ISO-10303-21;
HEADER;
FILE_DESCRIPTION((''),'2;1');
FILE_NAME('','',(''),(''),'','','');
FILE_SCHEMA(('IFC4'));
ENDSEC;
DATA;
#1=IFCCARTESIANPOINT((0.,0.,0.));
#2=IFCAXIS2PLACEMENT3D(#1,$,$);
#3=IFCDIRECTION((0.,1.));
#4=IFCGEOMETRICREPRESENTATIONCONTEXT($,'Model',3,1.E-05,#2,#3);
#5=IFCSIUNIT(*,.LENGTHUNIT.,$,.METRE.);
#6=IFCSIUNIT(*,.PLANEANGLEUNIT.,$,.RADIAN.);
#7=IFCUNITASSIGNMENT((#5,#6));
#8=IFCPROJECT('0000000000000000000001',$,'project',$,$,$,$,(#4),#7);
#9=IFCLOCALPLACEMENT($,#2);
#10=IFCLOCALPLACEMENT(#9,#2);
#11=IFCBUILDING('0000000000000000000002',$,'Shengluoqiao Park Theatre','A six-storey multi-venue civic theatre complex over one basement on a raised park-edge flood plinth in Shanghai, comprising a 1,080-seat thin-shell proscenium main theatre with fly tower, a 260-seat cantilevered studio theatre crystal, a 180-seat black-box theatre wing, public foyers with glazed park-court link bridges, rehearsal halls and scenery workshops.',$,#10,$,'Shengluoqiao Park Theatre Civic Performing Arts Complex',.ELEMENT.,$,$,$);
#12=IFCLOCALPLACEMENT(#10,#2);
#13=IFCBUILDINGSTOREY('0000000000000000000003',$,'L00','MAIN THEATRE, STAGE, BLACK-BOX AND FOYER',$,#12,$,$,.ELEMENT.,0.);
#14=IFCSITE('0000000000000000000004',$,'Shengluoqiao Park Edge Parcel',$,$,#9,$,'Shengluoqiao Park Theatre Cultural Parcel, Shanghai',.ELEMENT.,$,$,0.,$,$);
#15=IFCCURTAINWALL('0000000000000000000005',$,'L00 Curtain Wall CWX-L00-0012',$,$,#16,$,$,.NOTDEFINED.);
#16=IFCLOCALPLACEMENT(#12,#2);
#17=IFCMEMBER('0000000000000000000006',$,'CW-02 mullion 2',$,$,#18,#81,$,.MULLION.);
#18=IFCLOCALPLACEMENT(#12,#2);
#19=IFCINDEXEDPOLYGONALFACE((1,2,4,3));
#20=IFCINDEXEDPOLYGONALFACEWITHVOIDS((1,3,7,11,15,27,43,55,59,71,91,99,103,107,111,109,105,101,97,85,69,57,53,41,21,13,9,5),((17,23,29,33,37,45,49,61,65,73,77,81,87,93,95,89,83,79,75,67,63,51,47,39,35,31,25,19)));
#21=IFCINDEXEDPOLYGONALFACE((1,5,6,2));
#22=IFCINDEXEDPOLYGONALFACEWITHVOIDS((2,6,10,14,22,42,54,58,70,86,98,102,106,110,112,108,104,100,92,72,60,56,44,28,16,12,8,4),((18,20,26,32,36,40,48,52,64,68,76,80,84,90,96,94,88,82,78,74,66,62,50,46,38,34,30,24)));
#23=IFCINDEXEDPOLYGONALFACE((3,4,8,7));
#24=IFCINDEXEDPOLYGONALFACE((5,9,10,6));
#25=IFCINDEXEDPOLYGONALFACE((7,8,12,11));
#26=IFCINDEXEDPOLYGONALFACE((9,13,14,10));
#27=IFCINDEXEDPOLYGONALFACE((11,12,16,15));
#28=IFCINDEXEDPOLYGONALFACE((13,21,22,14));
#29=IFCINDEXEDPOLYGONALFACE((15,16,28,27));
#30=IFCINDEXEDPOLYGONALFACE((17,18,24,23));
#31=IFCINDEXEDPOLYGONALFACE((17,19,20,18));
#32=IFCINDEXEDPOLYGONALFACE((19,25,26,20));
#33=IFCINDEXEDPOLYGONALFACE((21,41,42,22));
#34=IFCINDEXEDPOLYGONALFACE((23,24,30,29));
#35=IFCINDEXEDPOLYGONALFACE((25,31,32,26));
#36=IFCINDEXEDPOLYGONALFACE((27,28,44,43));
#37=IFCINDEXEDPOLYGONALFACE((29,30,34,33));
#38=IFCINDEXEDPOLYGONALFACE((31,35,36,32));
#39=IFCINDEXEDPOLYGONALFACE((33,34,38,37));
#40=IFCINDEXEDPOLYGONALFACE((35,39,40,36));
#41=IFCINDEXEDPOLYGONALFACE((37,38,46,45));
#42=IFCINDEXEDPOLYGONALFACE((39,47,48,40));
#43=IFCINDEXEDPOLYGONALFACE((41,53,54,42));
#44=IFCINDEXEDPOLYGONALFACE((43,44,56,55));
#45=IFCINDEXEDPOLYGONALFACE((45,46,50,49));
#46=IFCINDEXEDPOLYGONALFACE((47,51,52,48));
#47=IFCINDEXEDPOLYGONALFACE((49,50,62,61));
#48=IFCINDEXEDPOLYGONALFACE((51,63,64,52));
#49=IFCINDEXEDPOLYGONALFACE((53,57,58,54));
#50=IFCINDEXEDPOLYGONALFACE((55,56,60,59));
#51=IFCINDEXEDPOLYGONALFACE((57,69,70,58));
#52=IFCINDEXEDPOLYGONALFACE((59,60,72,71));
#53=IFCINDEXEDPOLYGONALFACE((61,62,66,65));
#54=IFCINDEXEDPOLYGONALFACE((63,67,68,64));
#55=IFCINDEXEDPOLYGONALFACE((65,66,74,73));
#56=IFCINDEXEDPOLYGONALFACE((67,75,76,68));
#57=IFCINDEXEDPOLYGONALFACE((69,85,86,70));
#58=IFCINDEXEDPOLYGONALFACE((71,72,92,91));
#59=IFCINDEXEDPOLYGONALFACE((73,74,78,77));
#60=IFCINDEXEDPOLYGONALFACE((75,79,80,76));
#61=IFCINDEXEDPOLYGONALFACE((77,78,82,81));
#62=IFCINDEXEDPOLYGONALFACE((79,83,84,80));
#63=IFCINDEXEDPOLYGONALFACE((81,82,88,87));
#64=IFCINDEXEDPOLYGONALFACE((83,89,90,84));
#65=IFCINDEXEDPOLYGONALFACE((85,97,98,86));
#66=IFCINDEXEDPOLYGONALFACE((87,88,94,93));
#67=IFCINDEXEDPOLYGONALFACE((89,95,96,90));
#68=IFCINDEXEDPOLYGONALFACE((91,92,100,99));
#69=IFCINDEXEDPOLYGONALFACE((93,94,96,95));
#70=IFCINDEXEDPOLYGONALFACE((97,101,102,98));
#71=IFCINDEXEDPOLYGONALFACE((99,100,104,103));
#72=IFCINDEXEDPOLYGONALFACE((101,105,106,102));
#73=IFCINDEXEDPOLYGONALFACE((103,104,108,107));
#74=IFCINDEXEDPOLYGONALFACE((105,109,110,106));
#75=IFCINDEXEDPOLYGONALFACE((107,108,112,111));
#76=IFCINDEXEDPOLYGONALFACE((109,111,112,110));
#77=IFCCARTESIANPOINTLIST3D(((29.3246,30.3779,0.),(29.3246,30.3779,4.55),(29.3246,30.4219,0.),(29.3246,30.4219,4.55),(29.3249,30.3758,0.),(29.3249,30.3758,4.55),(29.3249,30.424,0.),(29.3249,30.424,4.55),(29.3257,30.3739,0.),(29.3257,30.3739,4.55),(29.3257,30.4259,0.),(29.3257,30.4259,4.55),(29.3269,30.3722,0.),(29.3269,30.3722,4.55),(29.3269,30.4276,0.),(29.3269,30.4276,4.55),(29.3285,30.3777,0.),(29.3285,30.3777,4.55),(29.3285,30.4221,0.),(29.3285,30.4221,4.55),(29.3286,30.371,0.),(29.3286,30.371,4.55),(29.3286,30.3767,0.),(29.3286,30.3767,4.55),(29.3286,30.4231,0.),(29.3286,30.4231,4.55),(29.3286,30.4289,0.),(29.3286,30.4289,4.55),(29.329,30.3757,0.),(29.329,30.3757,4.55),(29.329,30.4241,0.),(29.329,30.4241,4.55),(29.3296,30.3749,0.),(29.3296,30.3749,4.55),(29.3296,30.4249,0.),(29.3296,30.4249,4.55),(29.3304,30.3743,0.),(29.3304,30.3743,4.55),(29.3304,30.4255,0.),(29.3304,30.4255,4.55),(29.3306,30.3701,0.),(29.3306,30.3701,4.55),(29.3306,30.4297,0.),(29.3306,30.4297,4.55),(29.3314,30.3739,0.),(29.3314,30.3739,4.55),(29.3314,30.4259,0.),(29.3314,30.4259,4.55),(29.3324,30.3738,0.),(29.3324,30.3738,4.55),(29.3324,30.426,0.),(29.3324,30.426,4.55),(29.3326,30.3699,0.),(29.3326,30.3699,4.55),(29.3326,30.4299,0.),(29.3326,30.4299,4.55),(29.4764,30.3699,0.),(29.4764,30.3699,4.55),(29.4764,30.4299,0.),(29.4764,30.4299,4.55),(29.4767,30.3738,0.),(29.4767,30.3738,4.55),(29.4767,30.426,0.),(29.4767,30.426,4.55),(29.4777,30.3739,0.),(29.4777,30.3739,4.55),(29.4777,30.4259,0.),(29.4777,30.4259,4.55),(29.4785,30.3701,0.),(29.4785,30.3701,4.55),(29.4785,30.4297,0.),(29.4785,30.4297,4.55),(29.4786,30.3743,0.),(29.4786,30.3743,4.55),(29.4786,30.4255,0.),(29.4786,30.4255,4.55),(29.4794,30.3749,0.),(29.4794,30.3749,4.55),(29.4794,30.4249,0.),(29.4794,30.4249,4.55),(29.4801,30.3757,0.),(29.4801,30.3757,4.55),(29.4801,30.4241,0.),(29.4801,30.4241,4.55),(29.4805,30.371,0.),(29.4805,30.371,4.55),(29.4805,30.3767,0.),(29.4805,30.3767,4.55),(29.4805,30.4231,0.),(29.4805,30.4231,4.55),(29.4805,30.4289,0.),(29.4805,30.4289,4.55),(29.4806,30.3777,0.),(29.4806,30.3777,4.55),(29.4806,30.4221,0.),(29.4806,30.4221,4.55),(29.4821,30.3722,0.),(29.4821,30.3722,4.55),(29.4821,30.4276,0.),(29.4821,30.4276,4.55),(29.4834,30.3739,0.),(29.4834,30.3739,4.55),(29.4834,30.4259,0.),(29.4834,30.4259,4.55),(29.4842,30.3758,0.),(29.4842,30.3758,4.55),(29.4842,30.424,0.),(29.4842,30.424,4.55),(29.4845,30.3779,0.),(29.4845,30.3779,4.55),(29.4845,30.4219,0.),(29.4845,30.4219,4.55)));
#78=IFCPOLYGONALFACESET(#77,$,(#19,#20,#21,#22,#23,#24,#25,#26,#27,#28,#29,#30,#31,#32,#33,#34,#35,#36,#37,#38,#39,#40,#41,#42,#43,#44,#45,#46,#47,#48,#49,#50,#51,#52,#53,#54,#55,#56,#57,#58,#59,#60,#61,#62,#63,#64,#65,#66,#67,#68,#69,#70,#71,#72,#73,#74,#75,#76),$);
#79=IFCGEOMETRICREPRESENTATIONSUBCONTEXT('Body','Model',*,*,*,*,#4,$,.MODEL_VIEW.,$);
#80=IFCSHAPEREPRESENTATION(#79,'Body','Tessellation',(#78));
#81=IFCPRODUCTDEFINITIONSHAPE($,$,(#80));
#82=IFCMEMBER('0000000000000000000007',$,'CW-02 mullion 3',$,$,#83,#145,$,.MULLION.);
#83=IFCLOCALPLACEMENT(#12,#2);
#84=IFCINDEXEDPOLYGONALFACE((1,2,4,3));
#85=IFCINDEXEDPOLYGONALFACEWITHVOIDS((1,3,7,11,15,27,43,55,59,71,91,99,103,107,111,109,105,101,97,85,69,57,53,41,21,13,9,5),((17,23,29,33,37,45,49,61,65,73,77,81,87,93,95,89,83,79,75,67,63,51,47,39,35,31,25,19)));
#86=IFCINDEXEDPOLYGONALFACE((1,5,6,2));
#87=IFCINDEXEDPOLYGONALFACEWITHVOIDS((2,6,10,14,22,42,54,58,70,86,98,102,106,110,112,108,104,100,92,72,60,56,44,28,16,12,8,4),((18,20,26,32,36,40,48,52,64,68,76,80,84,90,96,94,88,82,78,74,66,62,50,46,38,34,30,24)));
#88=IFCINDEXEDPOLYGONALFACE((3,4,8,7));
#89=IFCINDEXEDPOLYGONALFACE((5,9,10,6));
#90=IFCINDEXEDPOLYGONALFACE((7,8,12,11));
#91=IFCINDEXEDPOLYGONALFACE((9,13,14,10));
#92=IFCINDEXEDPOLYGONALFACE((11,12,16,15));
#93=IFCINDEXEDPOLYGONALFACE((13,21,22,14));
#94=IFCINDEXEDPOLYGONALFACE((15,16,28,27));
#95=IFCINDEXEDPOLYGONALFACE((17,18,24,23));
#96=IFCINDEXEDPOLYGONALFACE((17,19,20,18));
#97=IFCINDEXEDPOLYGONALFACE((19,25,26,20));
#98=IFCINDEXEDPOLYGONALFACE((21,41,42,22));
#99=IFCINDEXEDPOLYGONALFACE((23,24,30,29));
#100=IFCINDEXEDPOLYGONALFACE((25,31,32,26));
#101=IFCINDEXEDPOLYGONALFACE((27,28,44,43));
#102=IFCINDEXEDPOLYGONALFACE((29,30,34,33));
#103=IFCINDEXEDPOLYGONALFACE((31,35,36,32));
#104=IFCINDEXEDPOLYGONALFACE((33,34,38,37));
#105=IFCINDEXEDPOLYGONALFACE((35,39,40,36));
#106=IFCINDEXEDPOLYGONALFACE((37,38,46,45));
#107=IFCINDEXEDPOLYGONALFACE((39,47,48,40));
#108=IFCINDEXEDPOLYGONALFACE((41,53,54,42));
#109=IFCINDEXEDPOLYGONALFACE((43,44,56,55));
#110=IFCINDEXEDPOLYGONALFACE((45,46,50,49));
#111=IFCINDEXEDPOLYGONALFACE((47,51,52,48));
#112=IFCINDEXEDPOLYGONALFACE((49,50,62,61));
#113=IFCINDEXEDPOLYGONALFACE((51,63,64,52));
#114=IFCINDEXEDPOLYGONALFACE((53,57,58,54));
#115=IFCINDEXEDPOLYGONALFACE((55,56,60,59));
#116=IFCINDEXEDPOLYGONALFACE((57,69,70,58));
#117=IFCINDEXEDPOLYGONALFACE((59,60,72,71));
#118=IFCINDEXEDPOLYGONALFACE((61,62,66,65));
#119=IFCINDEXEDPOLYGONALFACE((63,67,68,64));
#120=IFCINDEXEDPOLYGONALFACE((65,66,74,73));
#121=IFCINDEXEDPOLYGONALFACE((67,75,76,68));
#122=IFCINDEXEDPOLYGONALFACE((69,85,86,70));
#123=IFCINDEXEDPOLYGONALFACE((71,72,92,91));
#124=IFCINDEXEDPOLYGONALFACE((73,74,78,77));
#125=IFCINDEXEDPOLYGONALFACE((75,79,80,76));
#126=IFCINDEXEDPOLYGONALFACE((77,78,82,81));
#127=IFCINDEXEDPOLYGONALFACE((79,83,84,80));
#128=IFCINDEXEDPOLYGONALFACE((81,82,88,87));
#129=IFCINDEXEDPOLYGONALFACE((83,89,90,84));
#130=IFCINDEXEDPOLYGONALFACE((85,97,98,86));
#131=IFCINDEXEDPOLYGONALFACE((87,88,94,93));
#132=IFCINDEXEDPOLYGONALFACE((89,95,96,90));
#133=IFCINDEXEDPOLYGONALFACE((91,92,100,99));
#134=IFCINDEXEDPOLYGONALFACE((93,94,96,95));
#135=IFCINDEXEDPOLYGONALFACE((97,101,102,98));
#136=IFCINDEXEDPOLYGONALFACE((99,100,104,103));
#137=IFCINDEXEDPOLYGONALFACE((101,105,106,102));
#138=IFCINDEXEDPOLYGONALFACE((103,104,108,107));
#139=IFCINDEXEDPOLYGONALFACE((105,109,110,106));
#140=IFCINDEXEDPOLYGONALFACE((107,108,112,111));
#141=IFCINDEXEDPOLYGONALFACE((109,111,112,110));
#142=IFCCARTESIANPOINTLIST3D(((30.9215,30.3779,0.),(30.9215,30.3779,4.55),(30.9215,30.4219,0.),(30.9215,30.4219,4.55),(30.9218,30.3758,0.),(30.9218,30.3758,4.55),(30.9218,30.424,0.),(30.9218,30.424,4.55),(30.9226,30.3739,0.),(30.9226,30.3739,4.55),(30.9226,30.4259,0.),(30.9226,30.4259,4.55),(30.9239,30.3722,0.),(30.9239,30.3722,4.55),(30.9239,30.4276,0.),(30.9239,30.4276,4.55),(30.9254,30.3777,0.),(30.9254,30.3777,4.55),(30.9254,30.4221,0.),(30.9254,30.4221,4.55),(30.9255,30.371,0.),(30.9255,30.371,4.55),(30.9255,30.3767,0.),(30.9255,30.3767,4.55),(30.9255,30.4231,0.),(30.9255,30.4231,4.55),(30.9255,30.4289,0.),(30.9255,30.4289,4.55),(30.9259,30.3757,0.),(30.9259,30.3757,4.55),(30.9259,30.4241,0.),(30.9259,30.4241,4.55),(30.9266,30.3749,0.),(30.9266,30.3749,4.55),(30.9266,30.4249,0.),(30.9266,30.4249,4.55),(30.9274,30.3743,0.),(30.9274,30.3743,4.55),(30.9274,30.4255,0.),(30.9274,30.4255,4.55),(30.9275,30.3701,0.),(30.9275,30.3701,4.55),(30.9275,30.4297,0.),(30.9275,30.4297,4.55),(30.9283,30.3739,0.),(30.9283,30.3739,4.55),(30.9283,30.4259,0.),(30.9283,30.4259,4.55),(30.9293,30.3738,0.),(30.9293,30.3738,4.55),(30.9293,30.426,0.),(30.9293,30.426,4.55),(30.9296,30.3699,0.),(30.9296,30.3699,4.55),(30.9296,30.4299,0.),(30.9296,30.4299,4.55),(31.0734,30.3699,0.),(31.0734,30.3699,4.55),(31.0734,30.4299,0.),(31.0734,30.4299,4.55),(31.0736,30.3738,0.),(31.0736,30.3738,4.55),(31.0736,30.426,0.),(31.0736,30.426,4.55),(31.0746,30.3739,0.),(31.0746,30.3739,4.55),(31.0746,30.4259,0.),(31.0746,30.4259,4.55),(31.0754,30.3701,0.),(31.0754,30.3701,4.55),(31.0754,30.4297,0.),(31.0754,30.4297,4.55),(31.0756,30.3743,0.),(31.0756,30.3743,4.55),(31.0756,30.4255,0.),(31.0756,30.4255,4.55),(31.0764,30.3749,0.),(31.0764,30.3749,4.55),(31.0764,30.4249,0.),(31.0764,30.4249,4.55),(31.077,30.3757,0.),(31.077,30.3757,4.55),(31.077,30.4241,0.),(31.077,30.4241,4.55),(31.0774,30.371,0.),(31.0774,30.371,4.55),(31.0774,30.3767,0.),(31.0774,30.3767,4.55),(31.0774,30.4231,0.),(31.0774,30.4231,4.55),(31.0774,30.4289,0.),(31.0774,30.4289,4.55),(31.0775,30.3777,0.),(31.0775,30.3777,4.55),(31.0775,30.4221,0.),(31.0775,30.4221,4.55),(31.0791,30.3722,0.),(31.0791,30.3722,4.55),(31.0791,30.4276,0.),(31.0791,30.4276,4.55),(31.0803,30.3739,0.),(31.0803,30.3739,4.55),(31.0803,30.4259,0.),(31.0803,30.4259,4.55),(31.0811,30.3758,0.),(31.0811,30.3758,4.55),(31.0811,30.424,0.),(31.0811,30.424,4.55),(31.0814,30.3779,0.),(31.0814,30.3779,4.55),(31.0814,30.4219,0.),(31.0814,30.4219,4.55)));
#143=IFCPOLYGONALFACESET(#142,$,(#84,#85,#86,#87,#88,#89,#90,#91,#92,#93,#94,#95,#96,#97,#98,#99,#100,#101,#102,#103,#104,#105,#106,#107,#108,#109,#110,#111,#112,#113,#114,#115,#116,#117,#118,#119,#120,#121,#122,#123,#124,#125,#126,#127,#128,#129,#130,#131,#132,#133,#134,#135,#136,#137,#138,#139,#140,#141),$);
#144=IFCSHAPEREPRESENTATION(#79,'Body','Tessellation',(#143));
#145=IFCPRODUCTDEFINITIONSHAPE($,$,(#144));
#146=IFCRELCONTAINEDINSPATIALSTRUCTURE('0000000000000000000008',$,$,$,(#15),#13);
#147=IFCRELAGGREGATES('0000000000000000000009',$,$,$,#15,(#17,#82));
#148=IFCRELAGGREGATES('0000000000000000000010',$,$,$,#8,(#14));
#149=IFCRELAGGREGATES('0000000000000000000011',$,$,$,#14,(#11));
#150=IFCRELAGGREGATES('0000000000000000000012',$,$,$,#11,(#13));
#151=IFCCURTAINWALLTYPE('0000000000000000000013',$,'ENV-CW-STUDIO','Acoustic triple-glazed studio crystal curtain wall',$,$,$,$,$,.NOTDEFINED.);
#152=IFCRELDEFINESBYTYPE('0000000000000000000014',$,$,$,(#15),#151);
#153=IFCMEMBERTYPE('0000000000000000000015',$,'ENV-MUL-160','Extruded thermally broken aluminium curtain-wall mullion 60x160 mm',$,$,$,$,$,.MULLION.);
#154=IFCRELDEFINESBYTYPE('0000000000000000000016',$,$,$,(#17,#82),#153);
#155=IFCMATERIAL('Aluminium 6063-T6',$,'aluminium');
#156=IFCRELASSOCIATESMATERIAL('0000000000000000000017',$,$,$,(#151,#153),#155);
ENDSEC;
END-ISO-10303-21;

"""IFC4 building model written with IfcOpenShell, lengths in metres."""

from ifc_helpers import new_model, si_unit, direction, frame, origin, origin_2d, place, context, subcontext, project, spatial, hollow_rectangle, extrude, material, material_profile, profile_set, type_object, element, aggregate, save


model = new_model("IFC4")

# Units and contexts
model_context = context("Model", 3, precision=1e-05, world=origin(), true_north=direction((0.0, 1.0)))
body_context = subcontext(model_context, "Body", "Model", "MODEL_VIEW")
ifc_project = project(units=[si_unit("LENGTHUNIT", "METRE"), si_unit("PLANEANGLEUNIT", "RADIAN")], contexts=[model_context])

# Site, building, storey
site_placement = place(None, origin())
site = spatial("IfcSite", under=ifc_project, at=site_placement, Name="Shengluoqiao Park Edge Parcel", LongName="Shengluoqiao Park Theatre Cultural Parcel, Shanghai", CompositionType="ELEMENT", RefElevation=0.0)
building_placement = place(site_placement, origin())
building = spatial("IfcBuilding", under=site, at=building_placement, Name="Shengluoqiao Park Theatre", Description="A six-storey multi-venue civic theatre complex over one basement on a raised park-edge flood plinth in Shanghai, comprising a 1,080-seat thin-shell proscenium main theatre with fly tower, a 260-seat cantilevered studio theatre crystal, a 180-seat black-box theatre wing, public foyers with glazed park-court link bridges, rehearsal halls and scenery workshops.", LongName="Shengluoqiao Park Theatre Civic Performing Arts Complex", CompositionType="ELEMENT")
storey_placement = place(building_placement, origin())
storey = spatial("IfcBuildingStorey", under=building, at=storey_placement, Name="L00", Description="MAIN THEATRE, STAGE, BLACK-BOX AND FOYER", CompositionType="ELEMENT", Elevation=0.0)

# Curtain wall, members
ifc_material_1 = material(Name="Aluminium 6063-T6", Category="aluminium")
curtain_wall_type_1 = type_object("IfcCurtainWallType", Name="ENV-CW-STUDIO", Description="Acoustic triple-glazed studio crystal curtain wall", PredefinedType="NOTDEFINED", material=ifc_material_1)
curtain_wall_1_placement = place(storey_placement, origin())
curtain_wall_1 = element("IfcCurtainWall", 1, at=curtain_wall_1_placement, inside=storey, type_object=curtain_wall_type_1, Name="L00 Curtain Wall CWX-L00-0012", PredefinedType="NOTDEFINED")
ifc_material_profile_1 = material_profile(ifc_material_1, hollow_rectangle(XDim=0.0601, YDim=0.1599, WallThickness=0.0039, InnerFilletRadius=0.0039, OuterFilletRadius=0.0081, at=origin_2d()), Name="ALU MULLION 160x60x4")
ifc_profile_set_1 = profile_set([ifc_material_profile_1], Name="Aluminium 6063-T6")
member_type_1 = type_object("IfcMemberType", Name="ENV-MUL-160", Description="Extruded thermally broken aluminium curtain-wall mullion 60x160 mm", PredefinedType="MULLION", material=ifc_profile_set_1)
member_1_placement = place(storey_placement, frame((29.4045, 30.3999, 0.0), z_axis=(0.0, 0.0, 1.0), x_axis=(0.0, 1.0, 0.0)))
member_1 = element("IfcMember", 2, at=member_1_placement, type_object=member_type_1, Name="CW-02 mullion 2", PredefinedType="MULLION", context=body_context, shape_type="SweptSolid", body=[
    extrude(hollow_rectangle(XDim=0.0601, YDim=0.1599, WallThickness=0.0039, InnerFilletRadius=0.0039, OuterFilletRadius=0.0081, at=origin_2d()), origin(), (0.0, 0.0, 1.0), 4.55),
])
member_2_placement = place(storey_placement, frame((31.0015, 30.3999, 0.0), z_axis=(0.0, 0.0, 1.0), x_axis=(0.0, 1.0, 0.0)))
member_2 = element("IfcMember", 3, at=member_2_placement, type_object=member_type_1, Name="CW-02 mullion 3", PredefinedType="MULLION", context=body_context, shape_type="SweptSolid", body=[
    extrude(hollow_rectangle(XDim=0.0601, YDim=0.1599, WallThickness=0.0039, InnerFilletRadius=0.0039, OuterFilletRadius=0.0081, at=origin_2d()), origin(), (0.0, 0.0, 1.0), 4.55),
])

aggregate(curtain_wall_1, [member_1, member_2])

save(model, "model.ifc")
